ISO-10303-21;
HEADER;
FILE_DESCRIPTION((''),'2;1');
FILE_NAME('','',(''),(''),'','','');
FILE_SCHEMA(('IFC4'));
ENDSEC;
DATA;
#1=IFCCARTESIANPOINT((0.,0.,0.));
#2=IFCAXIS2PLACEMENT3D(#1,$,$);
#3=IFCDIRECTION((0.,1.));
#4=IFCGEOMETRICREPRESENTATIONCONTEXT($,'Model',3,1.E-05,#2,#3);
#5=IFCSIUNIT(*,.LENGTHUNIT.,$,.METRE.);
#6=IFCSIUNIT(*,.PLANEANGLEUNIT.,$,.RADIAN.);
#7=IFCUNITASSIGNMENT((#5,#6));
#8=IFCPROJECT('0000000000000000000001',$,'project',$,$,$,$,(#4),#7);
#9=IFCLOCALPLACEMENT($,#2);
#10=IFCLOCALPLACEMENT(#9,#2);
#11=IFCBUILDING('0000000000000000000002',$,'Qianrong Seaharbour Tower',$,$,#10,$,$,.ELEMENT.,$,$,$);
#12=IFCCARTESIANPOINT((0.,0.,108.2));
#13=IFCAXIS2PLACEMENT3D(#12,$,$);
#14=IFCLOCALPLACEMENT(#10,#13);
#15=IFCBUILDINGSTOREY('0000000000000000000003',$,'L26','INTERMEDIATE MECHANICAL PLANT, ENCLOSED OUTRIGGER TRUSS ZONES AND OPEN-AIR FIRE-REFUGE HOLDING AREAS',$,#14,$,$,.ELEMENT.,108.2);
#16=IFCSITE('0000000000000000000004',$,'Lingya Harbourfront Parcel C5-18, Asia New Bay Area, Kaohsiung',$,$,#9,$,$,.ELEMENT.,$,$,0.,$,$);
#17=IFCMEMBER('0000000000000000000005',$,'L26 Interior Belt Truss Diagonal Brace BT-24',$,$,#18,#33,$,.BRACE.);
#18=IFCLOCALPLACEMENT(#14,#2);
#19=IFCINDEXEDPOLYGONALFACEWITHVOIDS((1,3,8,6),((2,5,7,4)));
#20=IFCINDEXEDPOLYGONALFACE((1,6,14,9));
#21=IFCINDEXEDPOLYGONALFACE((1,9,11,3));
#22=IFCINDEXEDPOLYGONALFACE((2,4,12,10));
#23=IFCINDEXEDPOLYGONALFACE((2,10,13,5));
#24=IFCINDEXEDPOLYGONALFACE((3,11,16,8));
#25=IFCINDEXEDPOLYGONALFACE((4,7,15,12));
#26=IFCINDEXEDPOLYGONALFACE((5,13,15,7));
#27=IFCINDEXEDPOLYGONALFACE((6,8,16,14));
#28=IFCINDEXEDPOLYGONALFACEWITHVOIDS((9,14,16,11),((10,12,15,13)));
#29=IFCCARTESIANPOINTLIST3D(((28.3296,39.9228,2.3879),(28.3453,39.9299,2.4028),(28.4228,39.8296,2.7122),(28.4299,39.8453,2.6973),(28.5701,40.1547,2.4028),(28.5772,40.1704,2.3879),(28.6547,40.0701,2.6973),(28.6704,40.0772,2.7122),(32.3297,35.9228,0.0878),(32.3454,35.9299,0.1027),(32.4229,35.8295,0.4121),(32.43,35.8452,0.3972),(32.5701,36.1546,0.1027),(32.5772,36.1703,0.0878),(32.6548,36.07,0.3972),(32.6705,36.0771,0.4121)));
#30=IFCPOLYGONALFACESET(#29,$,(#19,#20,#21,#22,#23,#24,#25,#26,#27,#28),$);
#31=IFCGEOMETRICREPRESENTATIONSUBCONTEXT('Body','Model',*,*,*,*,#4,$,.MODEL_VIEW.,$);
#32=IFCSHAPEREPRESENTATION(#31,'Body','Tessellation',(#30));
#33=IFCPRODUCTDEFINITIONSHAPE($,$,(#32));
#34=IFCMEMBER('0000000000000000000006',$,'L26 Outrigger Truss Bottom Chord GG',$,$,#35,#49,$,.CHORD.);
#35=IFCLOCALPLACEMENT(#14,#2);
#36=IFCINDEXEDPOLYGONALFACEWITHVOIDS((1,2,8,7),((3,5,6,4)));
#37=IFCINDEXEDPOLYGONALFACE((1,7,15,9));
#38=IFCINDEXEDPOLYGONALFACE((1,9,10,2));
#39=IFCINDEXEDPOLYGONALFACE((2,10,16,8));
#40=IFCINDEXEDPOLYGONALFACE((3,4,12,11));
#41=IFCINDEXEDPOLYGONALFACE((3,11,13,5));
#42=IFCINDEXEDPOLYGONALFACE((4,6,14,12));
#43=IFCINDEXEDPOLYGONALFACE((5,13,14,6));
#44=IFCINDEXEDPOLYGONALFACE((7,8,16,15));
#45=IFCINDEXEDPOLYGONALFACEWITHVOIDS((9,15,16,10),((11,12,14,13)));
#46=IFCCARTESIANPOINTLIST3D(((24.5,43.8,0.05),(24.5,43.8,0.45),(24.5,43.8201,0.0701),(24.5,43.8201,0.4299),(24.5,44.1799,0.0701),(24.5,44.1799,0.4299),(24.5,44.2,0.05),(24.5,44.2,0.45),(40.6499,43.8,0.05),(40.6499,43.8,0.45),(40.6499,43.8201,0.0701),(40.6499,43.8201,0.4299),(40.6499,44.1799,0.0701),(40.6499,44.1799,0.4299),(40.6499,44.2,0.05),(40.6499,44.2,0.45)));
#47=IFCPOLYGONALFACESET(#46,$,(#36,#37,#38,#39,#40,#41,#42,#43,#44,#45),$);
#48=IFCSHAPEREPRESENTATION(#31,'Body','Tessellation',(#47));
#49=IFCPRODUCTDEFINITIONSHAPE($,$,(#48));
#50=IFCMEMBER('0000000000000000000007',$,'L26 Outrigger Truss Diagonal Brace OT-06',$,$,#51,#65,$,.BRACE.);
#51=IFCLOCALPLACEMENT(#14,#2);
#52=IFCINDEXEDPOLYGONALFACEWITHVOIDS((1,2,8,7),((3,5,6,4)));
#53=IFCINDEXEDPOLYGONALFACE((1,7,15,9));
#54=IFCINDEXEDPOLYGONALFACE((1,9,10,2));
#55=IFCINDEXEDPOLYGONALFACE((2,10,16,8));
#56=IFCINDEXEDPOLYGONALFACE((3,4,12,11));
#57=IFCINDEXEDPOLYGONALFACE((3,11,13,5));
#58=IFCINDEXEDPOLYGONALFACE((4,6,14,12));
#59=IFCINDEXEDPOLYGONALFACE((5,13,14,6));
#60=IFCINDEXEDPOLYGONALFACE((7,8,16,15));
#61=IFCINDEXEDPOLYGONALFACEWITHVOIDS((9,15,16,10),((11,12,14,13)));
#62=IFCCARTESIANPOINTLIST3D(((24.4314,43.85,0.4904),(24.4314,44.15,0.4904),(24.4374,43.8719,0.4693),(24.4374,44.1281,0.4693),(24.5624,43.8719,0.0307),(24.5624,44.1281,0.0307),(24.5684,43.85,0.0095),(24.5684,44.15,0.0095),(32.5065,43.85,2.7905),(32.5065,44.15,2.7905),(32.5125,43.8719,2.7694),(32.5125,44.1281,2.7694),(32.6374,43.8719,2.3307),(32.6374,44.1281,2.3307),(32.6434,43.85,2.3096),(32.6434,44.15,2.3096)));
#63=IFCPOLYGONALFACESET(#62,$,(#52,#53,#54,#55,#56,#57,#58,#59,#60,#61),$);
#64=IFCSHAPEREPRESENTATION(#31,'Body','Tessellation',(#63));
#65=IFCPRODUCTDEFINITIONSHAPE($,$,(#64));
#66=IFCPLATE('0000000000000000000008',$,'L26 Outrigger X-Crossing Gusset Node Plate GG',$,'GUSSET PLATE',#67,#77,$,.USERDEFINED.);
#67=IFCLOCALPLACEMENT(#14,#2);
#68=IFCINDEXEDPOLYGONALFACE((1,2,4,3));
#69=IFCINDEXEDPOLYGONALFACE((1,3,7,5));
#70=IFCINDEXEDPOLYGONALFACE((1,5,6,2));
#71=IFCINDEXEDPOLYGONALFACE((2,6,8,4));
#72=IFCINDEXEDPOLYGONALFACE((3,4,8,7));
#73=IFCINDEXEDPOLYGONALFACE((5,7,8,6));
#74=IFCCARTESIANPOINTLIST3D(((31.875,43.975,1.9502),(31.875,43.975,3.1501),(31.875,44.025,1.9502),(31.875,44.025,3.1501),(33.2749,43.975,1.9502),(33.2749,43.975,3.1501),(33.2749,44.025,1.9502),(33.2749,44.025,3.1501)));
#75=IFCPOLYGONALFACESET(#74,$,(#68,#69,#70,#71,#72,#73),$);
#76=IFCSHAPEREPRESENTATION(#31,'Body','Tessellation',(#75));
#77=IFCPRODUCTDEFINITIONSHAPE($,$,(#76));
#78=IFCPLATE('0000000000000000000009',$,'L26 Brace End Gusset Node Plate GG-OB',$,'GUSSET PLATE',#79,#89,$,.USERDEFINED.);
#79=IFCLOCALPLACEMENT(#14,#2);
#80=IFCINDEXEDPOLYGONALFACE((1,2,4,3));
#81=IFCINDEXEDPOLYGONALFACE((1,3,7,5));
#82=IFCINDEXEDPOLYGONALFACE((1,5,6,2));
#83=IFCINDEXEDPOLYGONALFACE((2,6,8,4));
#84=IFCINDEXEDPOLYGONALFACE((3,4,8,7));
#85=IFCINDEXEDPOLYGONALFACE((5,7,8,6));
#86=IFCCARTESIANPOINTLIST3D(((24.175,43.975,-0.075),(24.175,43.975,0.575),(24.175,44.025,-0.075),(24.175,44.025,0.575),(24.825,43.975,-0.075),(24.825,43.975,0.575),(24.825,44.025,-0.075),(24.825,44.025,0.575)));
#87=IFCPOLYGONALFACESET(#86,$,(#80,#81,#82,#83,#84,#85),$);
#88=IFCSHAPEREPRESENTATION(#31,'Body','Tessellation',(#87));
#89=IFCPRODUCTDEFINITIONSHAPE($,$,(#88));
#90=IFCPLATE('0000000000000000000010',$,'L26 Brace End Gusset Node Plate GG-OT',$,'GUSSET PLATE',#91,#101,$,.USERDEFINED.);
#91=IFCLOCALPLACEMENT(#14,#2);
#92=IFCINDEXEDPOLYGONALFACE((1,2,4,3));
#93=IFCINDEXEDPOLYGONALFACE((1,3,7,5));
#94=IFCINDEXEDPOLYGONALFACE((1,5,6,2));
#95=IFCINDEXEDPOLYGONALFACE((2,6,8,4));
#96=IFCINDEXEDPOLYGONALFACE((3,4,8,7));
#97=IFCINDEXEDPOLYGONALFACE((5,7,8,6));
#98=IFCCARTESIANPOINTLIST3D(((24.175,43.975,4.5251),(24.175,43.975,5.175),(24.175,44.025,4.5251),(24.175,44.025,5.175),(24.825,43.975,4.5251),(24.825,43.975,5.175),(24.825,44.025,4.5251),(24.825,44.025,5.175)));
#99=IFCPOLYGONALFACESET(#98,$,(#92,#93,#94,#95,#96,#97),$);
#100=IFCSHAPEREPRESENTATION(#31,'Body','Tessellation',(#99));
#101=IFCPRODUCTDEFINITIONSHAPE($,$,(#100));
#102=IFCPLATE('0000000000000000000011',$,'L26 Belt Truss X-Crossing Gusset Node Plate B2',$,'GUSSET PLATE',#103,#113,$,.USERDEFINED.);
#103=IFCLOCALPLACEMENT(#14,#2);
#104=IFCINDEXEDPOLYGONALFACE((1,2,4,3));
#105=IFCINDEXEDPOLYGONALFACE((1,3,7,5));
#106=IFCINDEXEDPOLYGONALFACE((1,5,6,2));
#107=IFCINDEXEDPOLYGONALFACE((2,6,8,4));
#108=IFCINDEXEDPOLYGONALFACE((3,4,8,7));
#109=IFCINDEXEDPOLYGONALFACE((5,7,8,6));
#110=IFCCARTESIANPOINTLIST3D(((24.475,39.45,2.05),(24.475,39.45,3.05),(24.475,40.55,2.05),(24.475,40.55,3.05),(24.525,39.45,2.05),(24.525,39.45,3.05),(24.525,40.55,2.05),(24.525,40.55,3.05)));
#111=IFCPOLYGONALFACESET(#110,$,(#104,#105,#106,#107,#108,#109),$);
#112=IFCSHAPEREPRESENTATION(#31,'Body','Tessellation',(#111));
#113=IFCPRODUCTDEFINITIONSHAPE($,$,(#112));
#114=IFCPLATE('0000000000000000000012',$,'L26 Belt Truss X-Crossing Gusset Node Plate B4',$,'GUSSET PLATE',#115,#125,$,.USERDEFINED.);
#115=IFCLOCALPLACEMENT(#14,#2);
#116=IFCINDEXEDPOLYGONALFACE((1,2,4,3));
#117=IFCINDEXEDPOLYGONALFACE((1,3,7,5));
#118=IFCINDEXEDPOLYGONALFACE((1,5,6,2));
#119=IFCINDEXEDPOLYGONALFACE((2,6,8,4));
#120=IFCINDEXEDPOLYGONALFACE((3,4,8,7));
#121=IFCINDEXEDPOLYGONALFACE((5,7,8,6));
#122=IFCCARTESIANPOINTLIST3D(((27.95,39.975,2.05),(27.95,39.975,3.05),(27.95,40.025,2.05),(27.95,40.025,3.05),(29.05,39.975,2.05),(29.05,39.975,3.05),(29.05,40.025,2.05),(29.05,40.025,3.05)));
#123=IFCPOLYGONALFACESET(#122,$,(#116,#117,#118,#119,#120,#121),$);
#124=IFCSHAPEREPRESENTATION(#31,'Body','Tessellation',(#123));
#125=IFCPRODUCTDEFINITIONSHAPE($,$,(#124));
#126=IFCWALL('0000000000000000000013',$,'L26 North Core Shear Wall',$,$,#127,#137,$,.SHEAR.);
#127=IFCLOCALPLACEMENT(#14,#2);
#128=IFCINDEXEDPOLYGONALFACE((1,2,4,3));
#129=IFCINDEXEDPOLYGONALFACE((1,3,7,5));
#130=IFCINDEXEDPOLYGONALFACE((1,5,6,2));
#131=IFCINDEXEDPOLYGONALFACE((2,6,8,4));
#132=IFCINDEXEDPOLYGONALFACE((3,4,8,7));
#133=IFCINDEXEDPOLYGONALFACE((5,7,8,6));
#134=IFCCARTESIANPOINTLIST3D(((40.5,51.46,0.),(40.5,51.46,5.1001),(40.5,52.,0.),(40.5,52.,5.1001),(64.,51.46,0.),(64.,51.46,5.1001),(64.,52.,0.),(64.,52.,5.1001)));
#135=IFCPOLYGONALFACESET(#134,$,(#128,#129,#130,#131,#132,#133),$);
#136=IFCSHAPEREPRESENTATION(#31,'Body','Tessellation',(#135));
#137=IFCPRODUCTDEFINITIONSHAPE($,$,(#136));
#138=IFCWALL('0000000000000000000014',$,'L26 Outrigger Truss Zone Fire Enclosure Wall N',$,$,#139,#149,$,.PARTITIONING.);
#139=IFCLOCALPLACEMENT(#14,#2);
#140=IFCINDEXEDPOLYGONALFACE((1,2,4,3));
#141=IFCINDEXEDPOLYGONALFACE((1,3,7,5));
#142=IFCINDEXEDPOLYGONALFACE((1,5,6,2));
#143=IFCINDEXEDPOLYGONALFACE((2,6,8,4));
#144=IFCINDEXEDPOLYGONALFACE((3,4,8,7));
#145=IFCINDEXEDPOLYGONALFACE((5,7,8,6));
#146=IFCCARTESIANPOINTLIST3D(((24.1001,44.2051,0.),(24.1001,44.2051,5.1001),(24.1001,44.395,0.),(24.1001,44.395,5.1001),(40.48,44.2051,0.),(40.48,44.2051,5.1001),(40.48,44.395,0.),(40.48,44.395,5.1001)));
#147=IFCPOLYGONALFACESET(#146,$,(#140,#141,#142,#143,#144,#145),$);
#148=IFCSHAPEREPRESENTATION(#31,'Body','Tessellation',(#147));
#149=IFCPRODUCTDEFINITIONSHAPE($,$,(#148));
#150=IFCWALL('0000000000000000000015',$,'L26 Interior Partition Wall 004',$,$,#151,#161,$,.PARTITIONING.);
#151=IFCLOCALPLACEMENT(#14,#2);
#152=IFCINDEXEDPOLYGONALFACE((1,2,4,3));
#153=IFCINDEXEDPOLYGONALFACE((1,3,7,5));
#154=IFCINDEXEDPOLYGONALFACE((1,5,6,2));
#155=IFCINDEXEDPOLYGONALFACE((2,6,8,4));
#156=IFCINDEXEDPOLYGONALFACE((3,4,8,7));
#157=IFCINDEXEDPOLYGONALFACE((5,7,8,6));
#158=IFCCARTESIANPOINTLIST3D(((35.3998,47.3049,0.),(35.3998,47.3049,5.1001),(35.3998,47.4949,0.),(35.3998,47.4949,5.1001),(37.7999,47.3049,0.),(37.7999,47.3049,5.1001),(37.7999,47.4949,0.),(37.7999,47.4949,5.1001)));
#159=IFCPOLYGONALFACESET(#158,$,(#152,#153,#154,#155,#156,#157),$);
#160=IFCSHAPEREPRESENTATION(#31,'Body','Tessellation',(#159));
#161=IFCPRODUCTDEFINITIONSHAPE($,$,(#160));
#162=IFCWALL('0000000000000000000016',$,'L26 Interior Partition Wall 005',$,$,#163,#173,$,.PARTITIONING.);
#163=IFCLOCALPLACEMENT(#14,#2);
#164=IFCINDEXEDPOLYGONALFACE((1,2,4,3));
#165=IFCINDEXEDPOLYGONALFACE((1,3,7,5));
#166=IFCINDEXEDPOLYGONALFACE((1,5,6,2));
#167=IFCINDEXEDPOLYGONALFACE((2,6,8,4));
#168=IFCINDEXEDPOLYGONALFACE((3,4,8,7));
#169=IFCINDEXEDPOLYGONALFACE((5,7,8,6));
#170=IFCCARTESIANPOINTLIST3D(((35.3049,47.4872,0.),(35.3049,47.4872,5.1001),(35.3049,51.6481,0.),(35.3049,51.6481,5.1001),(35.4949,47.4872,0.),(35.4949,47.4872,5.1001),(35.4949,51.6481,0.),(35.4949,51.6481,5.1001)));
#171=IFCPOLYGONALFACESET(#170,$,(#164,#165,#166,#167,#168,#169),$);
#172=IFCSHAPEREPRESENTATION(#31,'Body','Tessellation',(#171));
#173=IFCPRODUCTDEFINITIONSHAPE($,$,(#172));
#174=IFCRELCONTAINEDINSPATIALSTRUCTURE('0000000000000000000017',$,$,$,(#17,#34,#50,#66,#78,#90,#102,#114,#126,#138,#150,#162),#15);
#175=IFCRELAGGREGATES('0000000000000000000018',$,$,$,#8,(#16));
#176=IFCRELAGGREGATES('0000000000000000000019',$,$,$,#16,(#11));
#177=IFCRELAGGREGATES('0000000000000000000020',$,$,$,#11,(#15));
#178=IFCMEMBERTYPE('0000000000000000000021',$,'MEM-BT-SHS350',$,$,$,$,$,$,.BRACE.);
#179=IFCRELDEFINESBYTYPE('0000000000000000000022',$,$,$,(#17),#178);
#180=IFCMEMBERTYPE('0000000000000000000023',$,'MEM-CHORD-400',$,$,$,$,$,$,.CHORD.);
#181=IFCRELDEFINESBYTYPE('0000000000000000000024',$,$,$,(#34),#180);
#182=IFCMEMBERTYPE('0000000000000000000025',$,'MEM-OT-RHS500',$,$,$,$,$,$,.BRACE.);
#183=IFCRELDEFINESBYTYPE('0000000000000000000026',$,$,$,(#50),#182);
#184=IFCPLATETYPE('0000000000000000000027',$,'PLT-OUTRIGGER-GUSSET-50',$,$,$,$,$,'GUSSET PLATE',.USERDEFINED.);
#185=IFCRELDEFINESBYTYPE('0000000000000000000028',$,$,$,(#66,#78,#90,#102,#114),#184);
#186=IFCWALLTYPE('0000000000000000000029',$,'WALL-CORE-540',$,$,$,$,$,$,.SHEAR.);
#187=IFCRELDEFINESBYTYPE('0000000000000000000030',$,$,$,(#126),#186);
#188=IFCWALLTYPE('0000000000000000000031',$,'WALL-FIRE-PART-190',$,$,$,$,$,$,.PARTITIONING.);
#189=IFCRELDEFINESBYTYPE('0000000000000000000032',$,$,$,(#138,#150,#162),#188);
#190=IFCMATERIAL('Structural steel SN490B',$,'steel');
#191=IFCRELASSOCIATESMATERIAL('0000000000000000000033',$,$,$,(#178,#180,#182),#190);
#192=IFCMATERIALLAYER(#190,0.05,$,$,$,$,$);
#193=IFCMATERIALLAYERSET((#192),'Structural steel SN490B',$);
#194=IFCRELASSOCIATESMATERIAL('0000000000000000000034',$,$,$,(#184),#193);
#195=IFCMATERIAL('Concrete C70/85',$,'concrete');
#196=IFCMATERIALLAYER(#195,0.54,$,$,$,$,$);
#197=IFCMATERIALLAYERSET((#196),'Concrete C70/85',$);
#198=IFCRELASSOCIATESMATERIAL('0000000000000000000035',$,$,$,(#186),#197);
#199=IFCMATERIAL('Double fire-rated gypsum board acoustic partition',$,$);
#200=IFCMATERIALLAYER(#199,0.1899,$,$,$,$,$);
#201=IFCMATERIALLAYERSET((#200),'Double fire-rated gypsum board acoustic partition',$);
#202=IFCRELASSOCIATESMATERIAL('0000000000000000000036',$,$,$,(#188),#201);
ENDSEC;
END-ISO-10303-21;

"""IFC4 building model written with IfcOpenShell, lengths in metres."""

from ifc_helpers import new_model, si_unit, direction, frame, frame_2d, origin, origin_2d, place, context, subcontext, project, spatial, rectangle, hollow_rectangle, extrude, material, layer, layer_set, material_profile, profile_set, type_object, element, save


model = new_model("IFC4")

# Units and contexts
model_context = context("Model", 3, precision=1e-05, world=origin(), true_north=direction((0.0, 1.0)))
body_context = subcontext(model_context, "Body", "Model", "MODEL_VIEW")
ifc_project = project(units=[si_unit("LENGTHUNIT", "METRE"), si_unit("PLANEANGLEUNIT", "RADIAN")], contexts=[model_context])

# Site, building, storey
site_placement = place(None, origin())
site = spatial("IfcSite", under=ifc_project, at=site_placement, Name="Lingya Harbourfront Parcel C5-18, Asia New Bay Area, Kaohsiung", CompositionType="ELEMENT", RefElevation=0.0)
building_placement = place(site_placement, origin())
building = spatial("IfcBuilding", under=site, at=building_placement, Name="Qianrong Seaharbour Tower", CompositionType="ELEMENT")
storey_placement = place(building_placement, frame((0.0, 0.0, 108.2)))
storey = spatial("IfcBuildingStorey", under=building, at=storey_placement, Name="L26", Description="INTERMEDIATE MECHANICAL PLANT, ENCLOSED OUTRIGGER TRUSS ZONES AND OPEN-AIR FIRE-REFUGE HOLDING AREAS", CompositionType="ELEMENT", Elevation=108.2)

# Shared definitions
ifc_material_1 = material(Name="Structural steel SN490B", Category="steel")

# Members
ifc_material_profile_1 = material_profile(ifc_material_1, hollow_rectangle(XDim=0.3501, YDim=0.3501, WallThickness=0.0161, at=origin_2d()), Name="SHS350x350x16")
ifc_profile_set_1 = profile_set([ifc_material_profile_1], Name="Structural steel SN490B")
member_type_1 = type_object("IfcMemberType", Name="MEM-BT-SHS350", PredefinedType="BRACE", material=ifc_profile_set_1)
for number, where, z_axis, x_axis, name in (
    (1, (28.5, 40.0, 2.55), (0.655032, -0.655032, -0.376651), (0.707107, 0.707107, 0.0), "L26 Interior Belt Truss Diagonal Brace BT-24"),
):
    element("IfcMember", number, at=place(storey_placement, frame(where, z_axis=z_axis, x_axis=x_axis)), inside=storey, type_object=member_type_1, Name=name, PredefinedType="BRACE", context=body_context, shape_type="SweptSolid", body=[
        extrude(hollow_rectangle(XDim=0.3501, YDim=0.3501, WallThickness=0.0161, at=origin_2d()), origin(), (0.0, 0.0, 1.0), 6.1067),
    ])
ifc_material_profile_2 = material_profile(ifc_material_1, hollow_rectangle(XDim=0.3999, YDim=0.3999, WallThickness=0.02, at=origin_2d()), Name="SHS400x400x20")
ifc_profile_set_2 = profile_set([ifc_material_profile_2], Name="Structural steel SN490B")
member_type_2 = type_object("IfcMemberType", Name="MEM-CHORD-400", PredefinedType="CHORD", material=ifc_profile_set_2)
member_1_placement = place(storey_placement, frame((24.5, 44.0, 0.25), z_axis=(1.0, 0.0, 0.0), x_axis=(0.0, 1.0, 0.0)))
element("IfcMember", 2, at=member_1_placement, inside=storey, type_object=member_type_2, Name="L26 Outrigger Truss Bottom Chord GG", PredefinedType="CHORD", context=body_context, shape_type="SweptSolid", body=[
    extrude(hollow_rectangle(XDim=0.3999, YDim=0.3999, WallThickness=0.02, at=origin_2d()), origin(), (0.0, 0.0, 1.0), 16.1499),
])
ifc_material_profile_3 = material_profile(ifc_material_1, hollow_rectangle(XDim=0.3, YDim=0.5, WallThickness=0.022, at=origin_2d()), Name="RHS500x300x22")
ifc_profile_set_3 = profile_set([ifc_material_profile_3], Name="Structural steel SN490B")
member_type_3 = type_object("IfcMemberType", Name="MEM-OT-RHS500", PredefinedType="BRACE", material=ifc_profile_set_3)
member_2_placement = place(storey_placement, frame((32.575, 44.0, 2.55), z_axis=(-0.961746, 0.0, -0.273941), x_axis=(0.0, -1.0, 0.0)))
element("IfcMember", 3, at=member_2_placement, inside=storey, type_object=member_type_3, Name="L26 Outrigger Truss Diagonal Brace OT-06", PredefinedType="BRACE", context=body_context, shape_type="SweptSolid", body=[
    extrude(hollow_rectangle(XDim=0.3, YDim=0.5, WallThickness=0.022, at=origin_2d()), origin(), (0.0, 0.0, 1.0), 8.3962),
])

# Plates
ifc_layer_1 = layer(ifc_material_1, 0.05)
ifc_layer_set_1 = layer_set([ifc_layer_1], Name="Structural steel SN490B")
plate_type = type_object("IfcPlateType", Name="PLT-OUTRIGGER-GUSSET-50", ElementType="GUSSET PLATE", PredefinedType="USERDEFINED", material=ifc_layer_set_1)
plate_1_placement = place(storey_placement, frame((32.575, 44.0, 1.9502), z_axis=(0.0, 0.0, 1.0), x_axis=(1.0, 0.0, 0.0)))
element("IfcPlate", 4, at=plate_1_placement, inside=storey, type_object=plate_type, Name="L26 Outrigger X-Crossing Gusset Node Plate GG", ObjectType="GUSSET PLATE", PredefinedType="USERDEFINED", context=body_context, shape_type="SweptSolid", body=[
    extrude(rectangle(XDim=1.3999, YDim=0.05, at=origin_2d()), origin(), (0.0, 0.0, 1.0), 1.2),
])
for number, where, z_axis, x_axis, name in (
    (5, (24.5, 44.0, -0.075), (0.0, 0.0, 1.0), (1.0, 0.0, 0.0), "L26 Brace End Gusset Node Plate GG-OB"),
    (6, (24.5, 44.0, 4.5251), (0.0, 0.0, 1.0), (1.0, 0.0, 0.0), "L26 Brace End Gusset Node Plate GG-OT"),
):
    element("IfcPlate", number, at=place(storey_placement, frame(where, z_axis=z_axis, x_axis=x_axis)), inside=storey, type_object=plate_type, Name=name, ObjectType="GUSSET PLATE", PredefinedType="USERDEFINED", context=body_context, shape_type="SweptSolid", body=[
        extrude(rectangle(XDim=0.6499, YDim=0.05, at=origin_2d()), origin(), (0.0, 0.0, 1.0), 0.6499),
    ])
plate_2_placement = place(storey_placement, frame((24.5, 40.0, 2.05), z_axis=(0.0, 0.0, 1.0), x_axis=(1.0, 0.0, 0.0)))
element("IfcPlate", 7, at=plate_2_placement, inside=storey, type_object=plate_type, Name="L26 Belt Truss X-Crossing Gusset Node Plate B2", ObjectType="GUSSET PLATE", PredefinedType="USERDEFINED", context=body_context, shape_type="SweptSolid", body=[
    extrude(rectangle(XDim=0.05, YDim=1.1001, at=origin_2d()), origin(), (0.0, 0.0, 1.0), 1.0),
])
plate_3_placement = place(storey_placement, frame((28.5, 40.0, 2.05), z_axis=(0.0, 0.0, 1.0), x_axis=(1.0, 0.0, 0.0)))
element("IfcPlate", 8, at=plate_3_placement, inside=storey, type_object=plate_type, Name="L26 Belt Truss X-Crossing Gusset Node Plate B4", ObjectType="GUSSET PLATE", PredefinedType="USERDEFINED", context=body_context, shape_type="SweptSolid", body=[
    extrude(rectangle(XDim=1.1001, YDim=0.05, at=origin_2d()), origin(), (0.0, 0.0, 1.0), 1.0),
])

# Wall
ifc_material_2 = material(Name="Concrete C70/85", Category="concrete")
ifc_layer_2 = layer(ifc_material_2, 0.54)
ifc_layer_set_2 = layer_set([ifc_layer_2], Name="Concrete C70/85")
wall_type_1 = type_object("IfcWallType", Name="WALL-CORE-540", PredefinedType="SHEAR", material=ifc_layer_set_2)
wall_1_placement = place(storey_placement, frame((40.5, 51.73, 0.0), z_axis=(0.0, 0.0, 1.0), x_axis=(1.0, 0.0, 0.0)))
element("IfcWall", 9, at=wall_1_placement, inside=storey, type_object=wall_type_1, Name="L26 North Core Shear Wall", PredefinedType="SHEAR", context=body_context, shape_type="SweptSolid", body=[
    extrude(rectangle(XDim=23.5, YDim=0.54, at=frame_2d((11.75, 0.0))), origin(), (0.0, 0.0, 1.0), 5.1001),
])

# Wall
ifc_material_3 = material(Name="Double fire-rated gypsum board acoustic partition")
ifc_layer_3 = layer(ifc_material_3, 0.1899)
ifc_layer_set_3 = layer_set([ifc_layer_3], Name="Double fire-rated gypsum board acoustic partition")
wall_type_2 = type_object("IfcWallType", Name="WALL-FIRE-PART-190", PredefinedType="PARTITIONING", material=ifc_layer_set_3)
wall_2_placement = place(storey_placement, frame((24.1001, 44.3, 0.0), z_axis=(0.0, 0.0, 1.0), x_axis=(1.0, 0.0, 0.0)))
element("IfcWall", 10, at=wall_2_placement, inside=storey, type_object=wall_type_2, Name="L26 Outrigger Truss Zone Fire Enclosure Wall N", PredefinedType="PARTITIONING", context=body_context, shape_type="SweptSolid", body=[
    extrude(rectangle(XDim=16.3799, YDim=0.1899, at=frame_2d((8.1899, 0.0))), origin(), (0.0, 0.0, 1.0), 5.1001),
])

# Walls
wall_3_placement = place(storey_placement, frame((37.8, 47.3999, 0.0), z_axis=(0.0, 0.0, 1.0), x_axis=(-1.0, 0.0, 0.0)))
element("IfcWall", 11, at=wall_3_placement, inside=storey, type_object=wall_type_2, Name="L26 Interior Partition Wall 004", PredefinedType="PARTITIONING", context=body_context, shape_type="SweptSolid", body=[
    extrude(rectangle(XDim=2.4001, YDim=0.1899, at=frame_2d((1.2002, 0.0))), origin(), (0.0, 0.0, 1.0), 5.1001),
])
wall_4_placement = place(storey_placement, frame((35.3999, 47.4871, 0.0), z_axis=(0.0, 0.0, 1.0), x_axis=(0.0, 1.0, 0.0)))
element("IfcWall", 12, at=wall_4_placement, inside=storey, type_object=wall_type_2, Name="L26 Interior Partition Wall 005", PredefinedType="PARTITIONING", context=body_context, shape_type="SweptSolid", body=[
    extrude(rectangle(XDim=4.1609, YDim=0.1899, at=frame_2d((2.0806, 0.0))), origin(), (0.0, 0.0, 1.0), 5.1001),
])

save(model, "model.ifc")
